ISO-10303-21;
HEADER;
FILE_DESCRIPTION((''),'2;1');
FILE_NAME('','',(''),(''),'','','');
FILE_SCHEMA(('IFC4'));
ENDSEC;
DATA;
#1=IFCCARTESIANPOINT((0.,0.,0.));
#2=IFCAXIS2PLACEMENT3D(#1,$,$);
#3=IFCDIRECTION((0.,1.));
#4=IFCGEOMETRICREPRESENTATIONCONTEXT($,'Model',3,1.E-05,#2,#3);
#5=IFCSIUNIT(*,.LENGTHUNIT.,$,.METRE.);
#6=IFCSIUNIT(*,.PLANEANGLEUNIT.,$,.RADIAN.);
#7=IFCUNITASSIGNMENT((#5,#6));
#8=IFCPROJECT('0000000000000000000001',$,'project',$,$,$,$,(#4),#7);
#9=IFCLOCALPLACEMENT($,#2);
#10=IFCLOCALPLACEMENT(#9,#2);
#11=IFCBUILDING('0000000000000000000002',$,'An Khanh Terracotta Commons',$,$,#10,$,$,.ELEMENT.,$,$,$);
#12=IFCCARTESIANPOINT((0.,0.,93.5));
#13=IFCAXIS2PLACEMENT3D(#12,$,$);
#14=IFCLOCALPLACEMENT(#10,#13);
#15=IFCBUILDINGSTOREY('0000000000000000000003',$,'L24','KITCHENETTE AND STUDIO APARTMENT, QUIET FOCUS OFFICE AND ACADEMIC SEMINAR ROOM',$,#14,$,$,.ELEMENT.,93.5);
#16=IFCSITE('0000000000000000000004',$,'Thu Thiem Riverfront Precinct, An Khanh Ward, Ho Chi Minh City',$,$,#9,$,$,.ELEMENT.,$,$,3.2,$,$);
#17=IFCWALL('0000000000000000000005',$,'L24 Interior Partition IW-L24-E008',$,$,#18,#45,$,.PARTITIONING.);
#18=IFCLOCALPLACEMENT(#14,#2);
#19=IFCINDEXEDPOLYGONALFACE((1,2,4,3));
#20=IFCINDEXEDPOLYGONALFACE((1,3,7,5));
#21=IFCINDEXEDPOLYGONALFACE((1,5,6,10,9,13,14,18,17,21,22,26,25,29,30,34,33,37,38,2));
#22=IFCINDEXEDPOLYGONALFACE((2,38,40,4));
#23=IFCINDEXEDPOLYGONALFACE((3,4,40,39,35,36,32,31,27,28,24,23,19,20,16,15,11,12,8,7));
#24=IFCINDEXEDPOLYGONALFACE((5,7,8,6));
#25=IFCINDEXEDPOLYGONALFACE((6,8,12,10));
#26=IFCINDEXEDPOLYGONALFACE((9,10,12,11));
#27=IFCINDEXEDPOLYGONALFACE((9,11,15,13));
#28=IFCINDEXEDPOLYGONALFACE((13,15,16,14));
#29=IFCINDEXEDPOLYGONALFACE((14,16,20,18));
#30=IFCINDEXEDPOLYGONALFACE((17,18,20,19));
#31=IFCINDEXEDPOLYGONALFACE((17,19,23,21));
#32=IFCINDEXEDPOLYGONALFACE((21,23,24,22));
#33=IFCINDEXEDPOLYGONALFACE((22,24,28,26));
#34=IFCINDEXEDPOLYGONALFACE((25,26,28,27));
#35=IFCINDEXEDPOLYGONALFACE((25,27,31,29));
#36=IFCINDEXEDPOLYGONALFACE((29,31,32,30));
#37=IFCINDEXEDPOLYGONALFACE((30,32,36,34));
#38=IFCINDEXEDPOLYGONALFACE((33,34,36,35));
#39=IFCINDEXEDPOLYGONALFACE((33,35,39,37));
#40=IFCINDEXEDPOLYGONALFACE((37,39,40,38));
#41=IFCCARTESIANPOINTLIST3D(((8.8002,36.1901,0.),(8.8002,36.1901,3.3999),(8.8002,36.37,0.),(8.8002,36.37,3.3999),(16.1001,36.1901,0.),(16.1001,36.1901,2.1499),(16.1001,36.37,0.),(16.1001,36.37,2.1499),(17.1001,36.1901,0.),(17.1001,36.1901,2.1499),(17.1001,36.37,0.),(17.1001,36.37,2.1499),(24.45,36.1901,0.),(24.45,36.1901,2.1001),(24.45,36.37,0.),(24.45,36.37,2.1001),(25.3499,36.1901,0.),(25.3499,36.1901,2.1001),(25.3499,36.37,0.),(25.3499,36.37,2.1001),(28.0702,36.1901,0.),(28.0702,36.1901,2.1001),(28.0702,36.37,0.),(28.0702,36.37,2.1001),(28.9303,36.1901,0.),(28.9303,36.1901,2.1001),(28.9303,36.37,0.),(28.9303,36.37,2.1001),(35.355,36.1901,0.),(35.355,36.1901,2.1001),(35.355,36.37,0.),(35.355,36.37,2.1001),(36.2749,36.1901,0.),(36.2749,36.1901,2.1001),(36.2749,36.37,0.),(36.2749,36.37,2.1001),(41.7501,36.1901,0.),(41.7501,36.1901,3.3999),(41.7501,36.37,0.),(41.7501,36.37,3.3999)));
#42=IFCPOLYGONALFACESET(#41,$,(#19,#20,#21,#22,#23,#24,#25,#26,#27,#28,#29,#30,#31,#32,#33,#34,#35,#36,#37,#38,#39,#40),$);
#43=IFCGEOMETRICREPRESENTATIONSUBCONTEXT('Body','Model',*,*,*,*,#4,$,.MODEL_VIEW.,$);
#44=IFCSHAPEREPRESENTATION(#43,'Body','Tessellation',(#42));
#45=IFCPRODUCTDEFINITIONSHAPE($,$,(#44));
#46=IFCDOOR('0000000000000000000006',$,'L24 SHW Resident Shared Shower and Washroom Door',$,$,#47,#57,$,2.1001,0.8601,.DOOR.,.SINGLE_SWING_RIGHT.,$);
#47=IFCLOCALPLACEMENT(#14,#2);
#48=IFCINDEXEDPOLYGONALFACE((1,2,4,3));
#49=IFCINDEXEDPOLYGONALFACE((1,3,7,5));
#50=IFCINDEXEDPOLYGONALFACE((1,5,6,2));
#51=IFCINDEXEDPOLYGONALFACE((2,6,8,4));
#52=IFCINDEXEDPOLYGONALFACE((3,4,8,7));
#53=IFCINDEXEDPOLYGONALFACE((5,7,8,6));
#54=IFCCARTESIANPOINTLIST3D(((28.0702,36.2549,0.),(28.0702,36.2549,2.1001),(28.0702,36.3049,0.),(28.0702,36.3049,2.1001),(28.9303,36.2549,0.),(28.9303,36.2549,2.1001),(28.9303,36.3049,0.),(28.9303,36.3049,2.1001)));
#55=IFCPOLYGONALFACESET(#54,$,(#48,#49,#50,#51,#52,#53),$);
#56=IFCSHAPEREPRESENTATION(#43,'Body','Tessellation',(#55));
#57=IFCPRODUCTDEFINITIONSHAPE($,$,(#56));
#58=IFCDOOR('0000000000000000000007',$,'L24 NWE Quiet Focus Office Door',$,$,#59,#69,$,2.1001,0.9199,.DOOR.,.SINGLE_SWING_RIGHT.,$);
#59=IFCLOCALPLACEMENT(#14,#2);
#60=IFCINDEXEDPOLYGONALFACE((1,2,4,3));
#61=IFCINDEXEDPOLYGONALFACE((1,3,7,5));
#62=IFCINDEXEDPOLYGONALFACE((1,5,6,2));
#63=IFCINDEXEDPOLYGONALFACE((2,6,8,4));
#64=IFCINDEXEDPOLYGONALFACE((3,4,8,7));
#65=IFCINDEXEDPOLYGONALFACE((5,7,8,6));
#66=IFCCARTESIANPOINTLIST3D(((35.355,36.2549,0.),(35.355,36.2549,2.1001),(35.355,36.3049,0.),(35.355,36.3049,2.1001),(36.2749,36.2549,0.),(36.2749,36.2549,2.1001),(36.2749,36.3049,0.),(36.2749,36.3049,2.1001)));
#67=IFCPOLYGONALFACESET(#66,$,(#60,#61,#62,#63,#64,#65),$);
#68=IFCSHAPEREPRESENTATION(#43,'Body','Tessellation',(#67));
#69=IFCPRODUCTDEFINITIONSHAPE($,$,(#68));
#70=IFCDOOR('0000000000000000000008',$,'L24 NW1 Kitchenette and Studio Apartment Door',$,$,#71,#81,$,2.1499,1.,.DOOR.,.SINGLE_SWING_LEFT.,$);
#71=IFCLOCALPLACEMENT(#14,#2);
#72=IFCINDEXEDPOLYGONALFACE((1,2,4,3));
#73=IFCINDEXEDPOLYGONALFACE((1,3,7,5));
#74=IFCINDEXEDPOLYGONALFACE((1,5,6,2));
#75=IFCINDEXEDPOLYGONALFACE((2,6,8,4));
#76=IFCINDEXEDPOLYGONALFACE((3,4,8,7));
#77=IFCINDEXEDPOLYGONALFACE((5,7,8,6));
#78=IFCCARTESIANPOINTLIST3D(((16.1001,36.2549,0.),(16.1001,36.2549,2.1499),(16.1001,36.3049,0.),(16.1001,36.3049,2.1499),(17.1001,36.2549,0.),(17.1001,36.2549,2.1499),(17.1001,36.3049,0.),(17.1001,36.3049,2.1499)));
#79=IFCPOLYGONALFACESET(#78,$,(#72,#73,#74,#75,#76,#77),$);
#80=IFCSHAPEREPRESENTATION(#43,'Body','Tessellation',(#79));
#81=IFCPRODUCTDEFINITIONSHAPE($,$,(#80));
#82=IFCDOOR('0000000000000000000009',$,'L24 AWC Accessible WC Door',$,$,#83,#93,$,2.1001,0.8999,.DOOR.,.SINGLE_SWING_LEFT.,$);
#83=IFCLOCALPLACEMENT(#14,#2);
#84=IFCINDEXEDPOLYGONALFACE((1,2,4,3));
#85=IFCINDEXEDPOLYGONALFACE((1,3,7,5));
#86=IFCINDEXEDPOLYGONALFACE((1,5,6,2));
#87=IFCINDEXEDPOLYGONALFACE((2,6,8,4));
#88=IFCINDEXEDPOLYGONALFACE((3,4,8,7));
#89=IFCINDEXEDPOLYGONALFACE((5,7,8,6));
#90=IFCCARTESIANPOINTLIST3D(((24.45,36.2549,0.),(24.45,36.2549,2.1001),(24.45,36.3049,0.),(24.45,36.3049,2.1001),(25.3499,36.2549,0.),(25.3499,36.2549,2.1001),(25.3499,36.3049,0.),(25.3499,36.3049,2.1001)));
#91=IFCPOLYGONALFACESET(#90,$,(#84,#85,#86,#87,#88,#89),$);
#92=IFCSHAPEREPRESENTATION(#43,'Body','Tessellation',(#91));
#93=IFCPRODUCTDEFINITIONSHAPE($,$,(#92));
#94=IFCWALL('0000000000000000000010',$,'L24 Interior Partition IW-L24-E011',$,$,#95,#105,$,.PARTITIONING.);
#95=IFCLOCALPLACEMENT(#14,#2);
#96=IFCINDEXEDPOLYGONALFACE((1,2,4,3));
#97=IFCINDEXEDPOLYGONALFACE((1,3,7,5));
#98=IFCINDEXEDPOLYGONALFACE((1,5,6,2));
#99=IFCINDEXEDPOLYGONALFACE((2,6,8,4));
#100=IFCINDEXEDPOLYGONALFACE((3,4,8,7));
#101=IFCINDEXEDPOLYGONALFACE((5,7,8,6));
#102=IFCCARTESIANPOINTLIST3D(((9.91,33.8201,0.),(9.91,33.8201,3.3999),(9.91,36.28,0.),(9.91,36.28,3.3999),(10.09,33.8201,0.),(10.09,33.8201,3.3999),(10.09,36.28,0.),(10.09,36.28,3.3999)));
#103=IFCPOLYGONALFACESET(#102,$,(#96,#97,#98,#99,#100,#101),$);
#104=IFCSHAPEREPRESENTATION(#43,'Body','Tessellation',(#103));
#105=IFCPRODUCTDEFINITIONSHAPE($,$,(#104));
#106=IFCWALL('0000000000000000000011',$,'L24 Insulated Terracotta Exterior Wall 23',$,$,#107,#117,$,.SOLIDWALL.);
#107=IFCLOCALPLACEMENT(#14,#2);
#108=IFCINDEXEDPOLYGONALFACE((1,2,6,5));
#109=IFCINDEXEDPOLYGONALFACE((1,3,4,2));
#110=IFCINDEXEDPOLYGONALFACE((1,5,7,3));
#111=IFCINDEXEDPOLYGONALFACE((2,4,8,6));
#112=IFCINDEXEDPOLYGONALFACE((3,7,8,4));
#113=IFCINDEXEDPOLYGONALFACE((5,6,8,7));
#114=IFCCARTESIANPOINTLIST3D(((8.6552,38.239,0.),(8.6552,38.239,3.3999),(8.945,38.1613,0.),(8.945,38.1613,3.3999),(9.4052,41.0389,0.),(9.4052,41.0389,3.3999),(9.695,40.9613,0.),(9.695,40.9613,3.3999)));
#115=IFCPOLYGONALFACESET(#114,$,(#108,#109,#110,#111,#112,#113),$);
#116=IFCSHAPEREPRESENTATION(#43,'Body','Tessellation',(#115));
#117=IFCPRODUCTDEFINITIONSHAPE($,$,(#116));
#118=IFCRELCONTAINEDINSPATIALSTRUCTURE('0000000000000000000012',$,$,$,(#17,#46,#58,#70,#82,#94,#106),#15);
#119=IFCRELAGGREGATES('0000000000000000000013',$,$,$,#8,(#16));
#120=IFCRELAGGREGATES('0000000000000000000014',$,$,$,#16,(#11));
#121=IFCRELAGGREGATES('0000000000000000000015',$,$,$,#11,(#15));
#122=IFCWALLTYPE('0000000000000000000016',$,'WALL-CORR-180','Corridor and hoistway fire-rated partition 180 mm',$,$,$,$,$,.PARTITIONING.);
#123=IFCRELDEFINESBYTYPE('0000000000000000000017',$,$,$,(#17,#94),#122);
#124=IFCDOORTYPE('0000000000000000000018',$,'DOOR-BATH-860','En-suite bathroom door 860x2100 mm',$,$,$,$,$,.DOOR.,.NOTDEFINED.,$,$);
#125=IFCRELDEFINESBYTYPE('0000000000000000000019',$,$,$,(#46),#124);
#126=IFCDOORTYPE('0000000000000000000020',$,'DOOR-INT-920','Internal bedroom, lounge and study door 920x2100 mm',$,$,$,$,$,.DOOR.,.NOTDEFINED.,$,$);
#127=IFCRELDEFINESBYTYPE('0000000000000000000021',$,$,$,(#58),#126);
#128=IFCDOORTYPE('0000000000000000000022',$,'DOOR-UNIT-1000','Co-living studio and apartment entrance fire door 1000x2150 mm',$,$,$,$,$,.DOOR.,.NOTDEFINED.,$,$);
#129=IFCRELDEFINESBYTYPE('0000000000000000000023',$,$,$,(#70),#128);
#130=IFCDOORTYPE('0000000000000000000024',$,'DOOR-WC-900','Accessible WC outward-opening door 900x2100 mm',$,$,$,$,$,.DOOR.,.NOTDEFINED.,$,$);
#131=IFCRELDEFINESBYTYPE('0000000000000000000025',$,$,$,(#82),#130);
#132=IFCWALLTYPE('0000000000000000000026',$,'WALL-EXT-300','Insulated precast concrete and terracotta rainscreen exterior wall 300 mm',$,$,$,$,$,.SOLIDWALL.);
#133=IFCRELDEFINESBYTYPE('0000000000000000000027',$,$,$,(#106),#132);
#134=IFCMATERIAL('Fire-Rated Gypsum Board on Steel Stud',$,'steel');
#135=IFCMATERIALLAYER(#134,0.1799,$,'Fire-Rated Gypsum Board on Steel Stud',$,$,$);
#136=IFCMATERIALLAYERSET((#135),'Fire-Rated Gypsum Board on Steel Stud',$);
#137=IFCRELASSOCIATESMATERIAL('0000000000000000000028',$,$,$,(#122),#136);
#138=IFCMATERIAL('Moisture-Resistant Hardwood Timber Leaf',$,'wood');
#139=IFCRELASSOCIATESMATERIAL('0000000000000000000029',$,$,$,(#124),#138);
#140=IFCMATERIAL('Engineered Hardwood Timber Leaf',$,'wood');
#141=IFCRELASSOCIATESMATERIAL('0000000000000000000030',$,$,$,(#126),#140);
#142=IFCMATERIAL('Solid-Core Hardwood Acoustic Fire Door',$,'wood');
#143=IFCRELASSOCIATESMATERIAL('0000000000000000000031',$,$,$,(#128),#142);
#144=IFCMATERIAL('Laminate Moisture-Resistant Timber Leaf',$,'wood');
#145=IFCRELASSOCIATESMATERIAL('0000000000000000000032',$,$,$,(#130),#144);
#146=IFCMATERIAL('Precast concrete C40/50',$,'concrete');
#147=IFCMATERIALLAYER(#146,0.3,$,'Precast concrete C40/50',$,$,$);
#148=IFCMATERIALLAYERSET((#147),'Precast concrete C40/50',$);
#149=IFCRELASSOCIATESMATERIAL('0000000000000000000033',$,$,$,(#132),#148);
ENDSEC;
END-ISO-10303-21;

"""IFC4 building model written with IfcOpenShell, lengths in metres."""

from ifc_helpers import new_model, si_unit, direction, frame, frame_2d, origin, place, context, subcontext, project, spatial, rectangle, extrude, material, layer, layer_set, type_object, element, fill, save


model = new_model("IFC4")

# Units and contexts
model_context = context("Model", 3, precision=1e-05, world=origin(), true_north=direction((0.0, 1.0)))
body_context = subcontext(model_context, "Body", "Model", "MODEL_VIEW")
ifc_project = project(units=[si_unit("LENGTHUNIT", "METRE"), si_unit("PLANEANGLEUNIT", "RADIAN")], contexts=[model_context])

# Site, building, storey
site_placement = place(None, origin())
site = spatial("IfcSite", under=ifc_project, at=site_placement, Name="Thu Thiem Riverfront Precinct, An Khanh Ward, Ho Chi Minh City", CompositionType="ELEMENT", RefElevation=3.2)
building_placement = place(site_placement, origin())
building = spatial("IfcBuilding", under=site, at=building_placement, Name="An Khanh Terracotta Commons", CompositionType="ELEMENT")
storey_placement = place(building_placement, frame((0.0, 0.0, 93.5)))
storey = spatial("IfcBuildingStorey", under=building, at=storey_placement, Name="L24", Description="KITCHENETTE AND STUDIO APARTMENT, QUIET FOCUS OFFICE AND ACADEMIC SEMINAR ROOM", CompositionType="ELEMENT", Elevation=93.5)

# Wall, openings, doors
ifc_material_1 = material(Name="Fire-Rated Gypsum Board on Steel Stud", Category="steel")
ifc_layer_1 = layer(ifc_material_1, 0.1799, Name="Fire-Rated Gypsum Board on Steel Stud")
ifc_layer_set_1 = layer_set([ifc_layer_1], Name="Fire-Rated Gypsum Board on Steel Stud")
wall_type_1 = type_object("IfcWallType", Name="WALL-CORR-180", Description="Corridor and hoistway fire-rated partition 180 mm", PredefinedType="PARTITIONING", material=ifc_layer_set_1)
wall_1_placement = place(storey_placement, frame((8.8, 36.28, 0.0), z_axis=(0.0, 0.0, 1.0), x_axis=(1.0, 0.0, 0.0)))
wall_1 = element("IfcWall", 1, at=wall_1_placement, inside=storey, type_object=wall_type_1, Name="L24 Interior Partition IW-L24-E008", PredefinedType="PARTITIONING", context=body_context, shape_type="SweptSolid", body=[
    extrude(rectangle(XDim=32.95, YDim=0.1799, at=frame_2d((16.4751, 0.0))), origin(), (0.0, 0.0, 1.0), 3.3999),
])
opening_1_placement = place(wall_1_placement, frame((15.6499, 0.0, 0.0)))
opening_1 = element("IfcOpeningElement", 2, at=opening_1_placement, cuts=wall_1, PredefinedType="OPENING", context=body_context, shape_type="SweptSolid", body=[
    extrude(rectangle(XDim=0.8999, YDim=2.1001, at=frame_2d((0.45, 1.05))), frame((0.0, 0.0999, 0.0), z_axis=(0.0, -1.0, 0.0), x_axis=(1.0, 0.0, 0.0)), (0.0, 0.0, 1.0), 0.2),
])
opening_2_placement = place(wall_1_placement, frame((19.27, 0.0, 0.0)))
opening_2 = element("IfcOpeningElement", 3, at=opening_2_placement, cuts=wall_1, PredefinedType="OPENING", context=body_context, shape_type="SweptSolid", body=[
    extrude(rectangle(XDim=0.8601, YDim=2.1001, at=frame_2d((0.4302, 1.05))), frame((0.0, 0.0999, 0.0), z_axis=(0.0, -1.0, 0.0), x_axis=(1.0, 0.0, 0.0)), (0.0, 0.0, 1.0), 0.2),
])
opening_3_placement = place(wall_1_placement, frame((7.3, 0.0, 0.0)))
opening_3 = element("IfcOpeningElement", 4, at=opening_3_placement, cuts=wall_1, PredefinedType="OPENING", context=body_context, shape_type="SweptSolid", body=[
    extrude(rectangle(XDim=1.0, YDim=2.1499, at=frame_2d((0.5, 1.075))), frame((0.0, 0.0999, 0.0), z_axis=(0.0, -1.0, 0.0), x_axis=(1.0, 0.0, 0.0)), (0.0, 0.0, 1.0), 0.2),
])
opening_4_placement = place(wall_1_placement, frame((26.5549, 0.0, 0.0)))
opening_4 = element("IfcOpeningElement", 5, at=opening_4_placement, cuts=wall_1, PredefinedType="OPENING", context=body_context, shape_type="SweptSolid", body=[
    extrude(rectangle(XDim=0.9199, YDim=2.1001, at=frame_2d((0.46, 1.05))), frame((0.0, 0.0999, 0.0), z_axis=(0.0, -1.0, 0.0), x_axis=(1.0, 0.0, 0.0)), (0.0, 0.0, 1.0), 0.2),
])
ifc_material_2 = material(Name="Moisture-Resistant Hardwood Timber Leaf", Category="wood")
door_type_1 = type_object("IfcDoorType", Name="DOOR-BATH-860", Description="En-suite bathroom door 860x2100 mm", OperationType="NOTDEFINED", PredefinedType="DOOR", material=ifc_material_2)
door_1_placement = place(opening_2_placement, origin())
door_1 = element("IfcDoor", 6, at=door_1_placement, inside=storey, type_object=door_type_1, Name="L24 SHW Resident Shared Shower and Washroom Door", OperationType="SINGLE_SWING_RIGHT", OverallHeight=2.1001, OverallWidth=0.8601, PredefinedType="DOOR", context=body_context, shape_type="SweptSolid", body=[
    extrude(rectangle(XDim=0.8601, YDim=2.1001, at=frame_2d((0.4302, 1.05))), frame((0.0, 0.0249, 0.0), z_axis=(0.0, -1.0, 0.0), x_axis=(1.0, 0.0, 0.0)), (0.0, 0.0, 1.0), 0.05),
])
fill(opening_2, door_1)
ifc_material_3 = material(Name="Engineered Hardwood Timber Leaf", Category="wood")
door_type_2 = type_object("IfcDoorType", Name="DOOR-INT-920", Description="Internal bedroom, lounge and study door 920x2100 mm", OperationType="NOTDEFINED", PredefinedType="DOOR", material=ifc_material_3)
door_2_placement = place(opening_4_placement, origin())
door_2 = element("IfcDoor", 7, at=door_2_placement, inside=storey, type_object=door_type_2, Name="L24 NWE Quiet Focus Office Door", OperationType="SINGLE_SWING_RIGHT", OverallHeight=2.1001, OverallWidth=0.9199, PredefinedType="DOOR", context=body_context, shape_type="SweptSolid", body=[
    extrude(rectangle(XDim=0.9199, YDim=2.1001, at=frame_2d((0.46, 1.05))), frame((0.0, 0.0249, 0.0), z_axis=(0.0, -1.0, 0.0), x_axis=(1.0, 0.0, 0.0)), (0.0, 0.0, 1.0), 0.05),
])
fill(opening_4, door_2)
ifc_material_4 = material(Name="Solid-Core Hardwood Acoustic Fire Door", Category="wood")
door_type_3 = type_object("IfcDoorType", Name="DOOR-UNIT-1000", Description="Co-living studio and apartment entrance fire door 1000x2150 mm", OperationType="NOTDEFINED", PredefinedType="DOOR", material=ifc_material_4)
door_3_placement = place(opening_3_placement, origin())
door_3 = element("IfcDoor", 8, at=door_3_placement, inside=storey, type_object=door_type_3, Name="L24 NW1 Kitchenette and Studio Apartment Door", OperationType="SINGLE_SWING_LEFT", OverallHeight=2.1499, OverallWidth=1.0, PredefinedType="DOOR", context=body_context, shape_type="SweptSolid", body=[
    extrude(rectangle(XDim=1.0, YDim=2.1499, at=frame_2d((0.5, 1.075))), frame((0.0, 0.0249, 0.0), z_axis=(0.0, -1.0, 0.0), x_axis=(1.0, 0.0, 0.0)), (0.0, 0.0, 1.0), 0.05),
])
fill(opening_3, door_3)
ifc_material_5 = material(Name="Laminate Moisture-Resistant Timber Leaf", Category="wood")
door_type_4 = type_object("IfcDoorType", Name="DOOR-WC-900", Description="Accessible WC outward-opening door 900x2100 mm", OperationType="NOTDEFINED", PredefinedType="DOOR", material=ifc_material_5)
door_4_placement = place(opening_1_placement, origin())
door_4 = element("IfcDoor", 9, at=door_4_placement, inside=storey, type_object=door_type_4, Name="L24 AWC Accessible WC Door", OperationType="SINGLE_SWING_LEFT", OverallHeight=2.1001, OverallWidth=0.8999, PredefinedType="DOOR", context=body_context, shape_type="SweptSolid", body=[
    extrude(rectangle(XDim=0.8999, YDim=2.1001, at=frame_2d((0.45, 1.05))), frame((0.0, 0.0249, 0.0), z_axis=(0.0, -1.0, 0.0), x_axis=(1.0, 0.0, 0.0)), (0.0, 0.0, 1.0), 0.05),
])
fill(opening_1, door_4)

# Walls
wall_2_placement = place(storey_placement, frame((10.0, 33.8201, 0.0), z_axis=(0.0, 0.0, 1.0), x_axis=(0.0, 1.0, 0.0)))
element("IfcWall", 10, at=wall_2_placement, inside=storey, type_object=wall_type_1, Name="L24 Interior Partition IW-L24-E011", PredefinedType="PARTITIONING", context=body_context, shape_type="SweptSolid", body=[
    extrude(rectangle(XDim=2.46, YDim=0.1799, at=frame_2d((1.23, 0.0))), origin(), (0.0, 0.0, 1.0), 3.3999),
])
ifc_material_6 = material(Name="Precast concrete C40/50", Category="concrete")
ifc_layer_2 = layer(ifc_material_6, 0.3, Name="Precast concrete C40/50")
ifc_layer_set_2 = layer_set([ifc_layer_2], Name="Precast concrete C40/50")
wall_type_2 = type_object("IfcWallType", Name="WALL-EXT-300", Description="Insulated precast concrete and terracotta rainscreen exterior wall 300 mm", PredefinedType="SOLIDWALL", material=ifc_layer_set_2)
wall_3_placement = place(storey_placement, frame((9.55, 41.0, 0.0), z_axis=(0.0, 0.0, 1.0), x_axis=(-0.258732, -0.965949, 0.0)))
element("IfcWall", 11, at=wall_3_placement, inside=storey, type_object=wall_type_2, Name="L24 Insulated Terracotta Exterior Wall 23", PredefinedType="SOLIDWALL", context=body_context, shape_type="SweptSolid", body=[
    extrude(rectangle(XDim=2.8987, YDim=0.3, at=frame_2d((1.4492, 0.0))), origin(), (0.0, 0.0, 1.0), 3.3999),
])

save(model, "model.ifc")
